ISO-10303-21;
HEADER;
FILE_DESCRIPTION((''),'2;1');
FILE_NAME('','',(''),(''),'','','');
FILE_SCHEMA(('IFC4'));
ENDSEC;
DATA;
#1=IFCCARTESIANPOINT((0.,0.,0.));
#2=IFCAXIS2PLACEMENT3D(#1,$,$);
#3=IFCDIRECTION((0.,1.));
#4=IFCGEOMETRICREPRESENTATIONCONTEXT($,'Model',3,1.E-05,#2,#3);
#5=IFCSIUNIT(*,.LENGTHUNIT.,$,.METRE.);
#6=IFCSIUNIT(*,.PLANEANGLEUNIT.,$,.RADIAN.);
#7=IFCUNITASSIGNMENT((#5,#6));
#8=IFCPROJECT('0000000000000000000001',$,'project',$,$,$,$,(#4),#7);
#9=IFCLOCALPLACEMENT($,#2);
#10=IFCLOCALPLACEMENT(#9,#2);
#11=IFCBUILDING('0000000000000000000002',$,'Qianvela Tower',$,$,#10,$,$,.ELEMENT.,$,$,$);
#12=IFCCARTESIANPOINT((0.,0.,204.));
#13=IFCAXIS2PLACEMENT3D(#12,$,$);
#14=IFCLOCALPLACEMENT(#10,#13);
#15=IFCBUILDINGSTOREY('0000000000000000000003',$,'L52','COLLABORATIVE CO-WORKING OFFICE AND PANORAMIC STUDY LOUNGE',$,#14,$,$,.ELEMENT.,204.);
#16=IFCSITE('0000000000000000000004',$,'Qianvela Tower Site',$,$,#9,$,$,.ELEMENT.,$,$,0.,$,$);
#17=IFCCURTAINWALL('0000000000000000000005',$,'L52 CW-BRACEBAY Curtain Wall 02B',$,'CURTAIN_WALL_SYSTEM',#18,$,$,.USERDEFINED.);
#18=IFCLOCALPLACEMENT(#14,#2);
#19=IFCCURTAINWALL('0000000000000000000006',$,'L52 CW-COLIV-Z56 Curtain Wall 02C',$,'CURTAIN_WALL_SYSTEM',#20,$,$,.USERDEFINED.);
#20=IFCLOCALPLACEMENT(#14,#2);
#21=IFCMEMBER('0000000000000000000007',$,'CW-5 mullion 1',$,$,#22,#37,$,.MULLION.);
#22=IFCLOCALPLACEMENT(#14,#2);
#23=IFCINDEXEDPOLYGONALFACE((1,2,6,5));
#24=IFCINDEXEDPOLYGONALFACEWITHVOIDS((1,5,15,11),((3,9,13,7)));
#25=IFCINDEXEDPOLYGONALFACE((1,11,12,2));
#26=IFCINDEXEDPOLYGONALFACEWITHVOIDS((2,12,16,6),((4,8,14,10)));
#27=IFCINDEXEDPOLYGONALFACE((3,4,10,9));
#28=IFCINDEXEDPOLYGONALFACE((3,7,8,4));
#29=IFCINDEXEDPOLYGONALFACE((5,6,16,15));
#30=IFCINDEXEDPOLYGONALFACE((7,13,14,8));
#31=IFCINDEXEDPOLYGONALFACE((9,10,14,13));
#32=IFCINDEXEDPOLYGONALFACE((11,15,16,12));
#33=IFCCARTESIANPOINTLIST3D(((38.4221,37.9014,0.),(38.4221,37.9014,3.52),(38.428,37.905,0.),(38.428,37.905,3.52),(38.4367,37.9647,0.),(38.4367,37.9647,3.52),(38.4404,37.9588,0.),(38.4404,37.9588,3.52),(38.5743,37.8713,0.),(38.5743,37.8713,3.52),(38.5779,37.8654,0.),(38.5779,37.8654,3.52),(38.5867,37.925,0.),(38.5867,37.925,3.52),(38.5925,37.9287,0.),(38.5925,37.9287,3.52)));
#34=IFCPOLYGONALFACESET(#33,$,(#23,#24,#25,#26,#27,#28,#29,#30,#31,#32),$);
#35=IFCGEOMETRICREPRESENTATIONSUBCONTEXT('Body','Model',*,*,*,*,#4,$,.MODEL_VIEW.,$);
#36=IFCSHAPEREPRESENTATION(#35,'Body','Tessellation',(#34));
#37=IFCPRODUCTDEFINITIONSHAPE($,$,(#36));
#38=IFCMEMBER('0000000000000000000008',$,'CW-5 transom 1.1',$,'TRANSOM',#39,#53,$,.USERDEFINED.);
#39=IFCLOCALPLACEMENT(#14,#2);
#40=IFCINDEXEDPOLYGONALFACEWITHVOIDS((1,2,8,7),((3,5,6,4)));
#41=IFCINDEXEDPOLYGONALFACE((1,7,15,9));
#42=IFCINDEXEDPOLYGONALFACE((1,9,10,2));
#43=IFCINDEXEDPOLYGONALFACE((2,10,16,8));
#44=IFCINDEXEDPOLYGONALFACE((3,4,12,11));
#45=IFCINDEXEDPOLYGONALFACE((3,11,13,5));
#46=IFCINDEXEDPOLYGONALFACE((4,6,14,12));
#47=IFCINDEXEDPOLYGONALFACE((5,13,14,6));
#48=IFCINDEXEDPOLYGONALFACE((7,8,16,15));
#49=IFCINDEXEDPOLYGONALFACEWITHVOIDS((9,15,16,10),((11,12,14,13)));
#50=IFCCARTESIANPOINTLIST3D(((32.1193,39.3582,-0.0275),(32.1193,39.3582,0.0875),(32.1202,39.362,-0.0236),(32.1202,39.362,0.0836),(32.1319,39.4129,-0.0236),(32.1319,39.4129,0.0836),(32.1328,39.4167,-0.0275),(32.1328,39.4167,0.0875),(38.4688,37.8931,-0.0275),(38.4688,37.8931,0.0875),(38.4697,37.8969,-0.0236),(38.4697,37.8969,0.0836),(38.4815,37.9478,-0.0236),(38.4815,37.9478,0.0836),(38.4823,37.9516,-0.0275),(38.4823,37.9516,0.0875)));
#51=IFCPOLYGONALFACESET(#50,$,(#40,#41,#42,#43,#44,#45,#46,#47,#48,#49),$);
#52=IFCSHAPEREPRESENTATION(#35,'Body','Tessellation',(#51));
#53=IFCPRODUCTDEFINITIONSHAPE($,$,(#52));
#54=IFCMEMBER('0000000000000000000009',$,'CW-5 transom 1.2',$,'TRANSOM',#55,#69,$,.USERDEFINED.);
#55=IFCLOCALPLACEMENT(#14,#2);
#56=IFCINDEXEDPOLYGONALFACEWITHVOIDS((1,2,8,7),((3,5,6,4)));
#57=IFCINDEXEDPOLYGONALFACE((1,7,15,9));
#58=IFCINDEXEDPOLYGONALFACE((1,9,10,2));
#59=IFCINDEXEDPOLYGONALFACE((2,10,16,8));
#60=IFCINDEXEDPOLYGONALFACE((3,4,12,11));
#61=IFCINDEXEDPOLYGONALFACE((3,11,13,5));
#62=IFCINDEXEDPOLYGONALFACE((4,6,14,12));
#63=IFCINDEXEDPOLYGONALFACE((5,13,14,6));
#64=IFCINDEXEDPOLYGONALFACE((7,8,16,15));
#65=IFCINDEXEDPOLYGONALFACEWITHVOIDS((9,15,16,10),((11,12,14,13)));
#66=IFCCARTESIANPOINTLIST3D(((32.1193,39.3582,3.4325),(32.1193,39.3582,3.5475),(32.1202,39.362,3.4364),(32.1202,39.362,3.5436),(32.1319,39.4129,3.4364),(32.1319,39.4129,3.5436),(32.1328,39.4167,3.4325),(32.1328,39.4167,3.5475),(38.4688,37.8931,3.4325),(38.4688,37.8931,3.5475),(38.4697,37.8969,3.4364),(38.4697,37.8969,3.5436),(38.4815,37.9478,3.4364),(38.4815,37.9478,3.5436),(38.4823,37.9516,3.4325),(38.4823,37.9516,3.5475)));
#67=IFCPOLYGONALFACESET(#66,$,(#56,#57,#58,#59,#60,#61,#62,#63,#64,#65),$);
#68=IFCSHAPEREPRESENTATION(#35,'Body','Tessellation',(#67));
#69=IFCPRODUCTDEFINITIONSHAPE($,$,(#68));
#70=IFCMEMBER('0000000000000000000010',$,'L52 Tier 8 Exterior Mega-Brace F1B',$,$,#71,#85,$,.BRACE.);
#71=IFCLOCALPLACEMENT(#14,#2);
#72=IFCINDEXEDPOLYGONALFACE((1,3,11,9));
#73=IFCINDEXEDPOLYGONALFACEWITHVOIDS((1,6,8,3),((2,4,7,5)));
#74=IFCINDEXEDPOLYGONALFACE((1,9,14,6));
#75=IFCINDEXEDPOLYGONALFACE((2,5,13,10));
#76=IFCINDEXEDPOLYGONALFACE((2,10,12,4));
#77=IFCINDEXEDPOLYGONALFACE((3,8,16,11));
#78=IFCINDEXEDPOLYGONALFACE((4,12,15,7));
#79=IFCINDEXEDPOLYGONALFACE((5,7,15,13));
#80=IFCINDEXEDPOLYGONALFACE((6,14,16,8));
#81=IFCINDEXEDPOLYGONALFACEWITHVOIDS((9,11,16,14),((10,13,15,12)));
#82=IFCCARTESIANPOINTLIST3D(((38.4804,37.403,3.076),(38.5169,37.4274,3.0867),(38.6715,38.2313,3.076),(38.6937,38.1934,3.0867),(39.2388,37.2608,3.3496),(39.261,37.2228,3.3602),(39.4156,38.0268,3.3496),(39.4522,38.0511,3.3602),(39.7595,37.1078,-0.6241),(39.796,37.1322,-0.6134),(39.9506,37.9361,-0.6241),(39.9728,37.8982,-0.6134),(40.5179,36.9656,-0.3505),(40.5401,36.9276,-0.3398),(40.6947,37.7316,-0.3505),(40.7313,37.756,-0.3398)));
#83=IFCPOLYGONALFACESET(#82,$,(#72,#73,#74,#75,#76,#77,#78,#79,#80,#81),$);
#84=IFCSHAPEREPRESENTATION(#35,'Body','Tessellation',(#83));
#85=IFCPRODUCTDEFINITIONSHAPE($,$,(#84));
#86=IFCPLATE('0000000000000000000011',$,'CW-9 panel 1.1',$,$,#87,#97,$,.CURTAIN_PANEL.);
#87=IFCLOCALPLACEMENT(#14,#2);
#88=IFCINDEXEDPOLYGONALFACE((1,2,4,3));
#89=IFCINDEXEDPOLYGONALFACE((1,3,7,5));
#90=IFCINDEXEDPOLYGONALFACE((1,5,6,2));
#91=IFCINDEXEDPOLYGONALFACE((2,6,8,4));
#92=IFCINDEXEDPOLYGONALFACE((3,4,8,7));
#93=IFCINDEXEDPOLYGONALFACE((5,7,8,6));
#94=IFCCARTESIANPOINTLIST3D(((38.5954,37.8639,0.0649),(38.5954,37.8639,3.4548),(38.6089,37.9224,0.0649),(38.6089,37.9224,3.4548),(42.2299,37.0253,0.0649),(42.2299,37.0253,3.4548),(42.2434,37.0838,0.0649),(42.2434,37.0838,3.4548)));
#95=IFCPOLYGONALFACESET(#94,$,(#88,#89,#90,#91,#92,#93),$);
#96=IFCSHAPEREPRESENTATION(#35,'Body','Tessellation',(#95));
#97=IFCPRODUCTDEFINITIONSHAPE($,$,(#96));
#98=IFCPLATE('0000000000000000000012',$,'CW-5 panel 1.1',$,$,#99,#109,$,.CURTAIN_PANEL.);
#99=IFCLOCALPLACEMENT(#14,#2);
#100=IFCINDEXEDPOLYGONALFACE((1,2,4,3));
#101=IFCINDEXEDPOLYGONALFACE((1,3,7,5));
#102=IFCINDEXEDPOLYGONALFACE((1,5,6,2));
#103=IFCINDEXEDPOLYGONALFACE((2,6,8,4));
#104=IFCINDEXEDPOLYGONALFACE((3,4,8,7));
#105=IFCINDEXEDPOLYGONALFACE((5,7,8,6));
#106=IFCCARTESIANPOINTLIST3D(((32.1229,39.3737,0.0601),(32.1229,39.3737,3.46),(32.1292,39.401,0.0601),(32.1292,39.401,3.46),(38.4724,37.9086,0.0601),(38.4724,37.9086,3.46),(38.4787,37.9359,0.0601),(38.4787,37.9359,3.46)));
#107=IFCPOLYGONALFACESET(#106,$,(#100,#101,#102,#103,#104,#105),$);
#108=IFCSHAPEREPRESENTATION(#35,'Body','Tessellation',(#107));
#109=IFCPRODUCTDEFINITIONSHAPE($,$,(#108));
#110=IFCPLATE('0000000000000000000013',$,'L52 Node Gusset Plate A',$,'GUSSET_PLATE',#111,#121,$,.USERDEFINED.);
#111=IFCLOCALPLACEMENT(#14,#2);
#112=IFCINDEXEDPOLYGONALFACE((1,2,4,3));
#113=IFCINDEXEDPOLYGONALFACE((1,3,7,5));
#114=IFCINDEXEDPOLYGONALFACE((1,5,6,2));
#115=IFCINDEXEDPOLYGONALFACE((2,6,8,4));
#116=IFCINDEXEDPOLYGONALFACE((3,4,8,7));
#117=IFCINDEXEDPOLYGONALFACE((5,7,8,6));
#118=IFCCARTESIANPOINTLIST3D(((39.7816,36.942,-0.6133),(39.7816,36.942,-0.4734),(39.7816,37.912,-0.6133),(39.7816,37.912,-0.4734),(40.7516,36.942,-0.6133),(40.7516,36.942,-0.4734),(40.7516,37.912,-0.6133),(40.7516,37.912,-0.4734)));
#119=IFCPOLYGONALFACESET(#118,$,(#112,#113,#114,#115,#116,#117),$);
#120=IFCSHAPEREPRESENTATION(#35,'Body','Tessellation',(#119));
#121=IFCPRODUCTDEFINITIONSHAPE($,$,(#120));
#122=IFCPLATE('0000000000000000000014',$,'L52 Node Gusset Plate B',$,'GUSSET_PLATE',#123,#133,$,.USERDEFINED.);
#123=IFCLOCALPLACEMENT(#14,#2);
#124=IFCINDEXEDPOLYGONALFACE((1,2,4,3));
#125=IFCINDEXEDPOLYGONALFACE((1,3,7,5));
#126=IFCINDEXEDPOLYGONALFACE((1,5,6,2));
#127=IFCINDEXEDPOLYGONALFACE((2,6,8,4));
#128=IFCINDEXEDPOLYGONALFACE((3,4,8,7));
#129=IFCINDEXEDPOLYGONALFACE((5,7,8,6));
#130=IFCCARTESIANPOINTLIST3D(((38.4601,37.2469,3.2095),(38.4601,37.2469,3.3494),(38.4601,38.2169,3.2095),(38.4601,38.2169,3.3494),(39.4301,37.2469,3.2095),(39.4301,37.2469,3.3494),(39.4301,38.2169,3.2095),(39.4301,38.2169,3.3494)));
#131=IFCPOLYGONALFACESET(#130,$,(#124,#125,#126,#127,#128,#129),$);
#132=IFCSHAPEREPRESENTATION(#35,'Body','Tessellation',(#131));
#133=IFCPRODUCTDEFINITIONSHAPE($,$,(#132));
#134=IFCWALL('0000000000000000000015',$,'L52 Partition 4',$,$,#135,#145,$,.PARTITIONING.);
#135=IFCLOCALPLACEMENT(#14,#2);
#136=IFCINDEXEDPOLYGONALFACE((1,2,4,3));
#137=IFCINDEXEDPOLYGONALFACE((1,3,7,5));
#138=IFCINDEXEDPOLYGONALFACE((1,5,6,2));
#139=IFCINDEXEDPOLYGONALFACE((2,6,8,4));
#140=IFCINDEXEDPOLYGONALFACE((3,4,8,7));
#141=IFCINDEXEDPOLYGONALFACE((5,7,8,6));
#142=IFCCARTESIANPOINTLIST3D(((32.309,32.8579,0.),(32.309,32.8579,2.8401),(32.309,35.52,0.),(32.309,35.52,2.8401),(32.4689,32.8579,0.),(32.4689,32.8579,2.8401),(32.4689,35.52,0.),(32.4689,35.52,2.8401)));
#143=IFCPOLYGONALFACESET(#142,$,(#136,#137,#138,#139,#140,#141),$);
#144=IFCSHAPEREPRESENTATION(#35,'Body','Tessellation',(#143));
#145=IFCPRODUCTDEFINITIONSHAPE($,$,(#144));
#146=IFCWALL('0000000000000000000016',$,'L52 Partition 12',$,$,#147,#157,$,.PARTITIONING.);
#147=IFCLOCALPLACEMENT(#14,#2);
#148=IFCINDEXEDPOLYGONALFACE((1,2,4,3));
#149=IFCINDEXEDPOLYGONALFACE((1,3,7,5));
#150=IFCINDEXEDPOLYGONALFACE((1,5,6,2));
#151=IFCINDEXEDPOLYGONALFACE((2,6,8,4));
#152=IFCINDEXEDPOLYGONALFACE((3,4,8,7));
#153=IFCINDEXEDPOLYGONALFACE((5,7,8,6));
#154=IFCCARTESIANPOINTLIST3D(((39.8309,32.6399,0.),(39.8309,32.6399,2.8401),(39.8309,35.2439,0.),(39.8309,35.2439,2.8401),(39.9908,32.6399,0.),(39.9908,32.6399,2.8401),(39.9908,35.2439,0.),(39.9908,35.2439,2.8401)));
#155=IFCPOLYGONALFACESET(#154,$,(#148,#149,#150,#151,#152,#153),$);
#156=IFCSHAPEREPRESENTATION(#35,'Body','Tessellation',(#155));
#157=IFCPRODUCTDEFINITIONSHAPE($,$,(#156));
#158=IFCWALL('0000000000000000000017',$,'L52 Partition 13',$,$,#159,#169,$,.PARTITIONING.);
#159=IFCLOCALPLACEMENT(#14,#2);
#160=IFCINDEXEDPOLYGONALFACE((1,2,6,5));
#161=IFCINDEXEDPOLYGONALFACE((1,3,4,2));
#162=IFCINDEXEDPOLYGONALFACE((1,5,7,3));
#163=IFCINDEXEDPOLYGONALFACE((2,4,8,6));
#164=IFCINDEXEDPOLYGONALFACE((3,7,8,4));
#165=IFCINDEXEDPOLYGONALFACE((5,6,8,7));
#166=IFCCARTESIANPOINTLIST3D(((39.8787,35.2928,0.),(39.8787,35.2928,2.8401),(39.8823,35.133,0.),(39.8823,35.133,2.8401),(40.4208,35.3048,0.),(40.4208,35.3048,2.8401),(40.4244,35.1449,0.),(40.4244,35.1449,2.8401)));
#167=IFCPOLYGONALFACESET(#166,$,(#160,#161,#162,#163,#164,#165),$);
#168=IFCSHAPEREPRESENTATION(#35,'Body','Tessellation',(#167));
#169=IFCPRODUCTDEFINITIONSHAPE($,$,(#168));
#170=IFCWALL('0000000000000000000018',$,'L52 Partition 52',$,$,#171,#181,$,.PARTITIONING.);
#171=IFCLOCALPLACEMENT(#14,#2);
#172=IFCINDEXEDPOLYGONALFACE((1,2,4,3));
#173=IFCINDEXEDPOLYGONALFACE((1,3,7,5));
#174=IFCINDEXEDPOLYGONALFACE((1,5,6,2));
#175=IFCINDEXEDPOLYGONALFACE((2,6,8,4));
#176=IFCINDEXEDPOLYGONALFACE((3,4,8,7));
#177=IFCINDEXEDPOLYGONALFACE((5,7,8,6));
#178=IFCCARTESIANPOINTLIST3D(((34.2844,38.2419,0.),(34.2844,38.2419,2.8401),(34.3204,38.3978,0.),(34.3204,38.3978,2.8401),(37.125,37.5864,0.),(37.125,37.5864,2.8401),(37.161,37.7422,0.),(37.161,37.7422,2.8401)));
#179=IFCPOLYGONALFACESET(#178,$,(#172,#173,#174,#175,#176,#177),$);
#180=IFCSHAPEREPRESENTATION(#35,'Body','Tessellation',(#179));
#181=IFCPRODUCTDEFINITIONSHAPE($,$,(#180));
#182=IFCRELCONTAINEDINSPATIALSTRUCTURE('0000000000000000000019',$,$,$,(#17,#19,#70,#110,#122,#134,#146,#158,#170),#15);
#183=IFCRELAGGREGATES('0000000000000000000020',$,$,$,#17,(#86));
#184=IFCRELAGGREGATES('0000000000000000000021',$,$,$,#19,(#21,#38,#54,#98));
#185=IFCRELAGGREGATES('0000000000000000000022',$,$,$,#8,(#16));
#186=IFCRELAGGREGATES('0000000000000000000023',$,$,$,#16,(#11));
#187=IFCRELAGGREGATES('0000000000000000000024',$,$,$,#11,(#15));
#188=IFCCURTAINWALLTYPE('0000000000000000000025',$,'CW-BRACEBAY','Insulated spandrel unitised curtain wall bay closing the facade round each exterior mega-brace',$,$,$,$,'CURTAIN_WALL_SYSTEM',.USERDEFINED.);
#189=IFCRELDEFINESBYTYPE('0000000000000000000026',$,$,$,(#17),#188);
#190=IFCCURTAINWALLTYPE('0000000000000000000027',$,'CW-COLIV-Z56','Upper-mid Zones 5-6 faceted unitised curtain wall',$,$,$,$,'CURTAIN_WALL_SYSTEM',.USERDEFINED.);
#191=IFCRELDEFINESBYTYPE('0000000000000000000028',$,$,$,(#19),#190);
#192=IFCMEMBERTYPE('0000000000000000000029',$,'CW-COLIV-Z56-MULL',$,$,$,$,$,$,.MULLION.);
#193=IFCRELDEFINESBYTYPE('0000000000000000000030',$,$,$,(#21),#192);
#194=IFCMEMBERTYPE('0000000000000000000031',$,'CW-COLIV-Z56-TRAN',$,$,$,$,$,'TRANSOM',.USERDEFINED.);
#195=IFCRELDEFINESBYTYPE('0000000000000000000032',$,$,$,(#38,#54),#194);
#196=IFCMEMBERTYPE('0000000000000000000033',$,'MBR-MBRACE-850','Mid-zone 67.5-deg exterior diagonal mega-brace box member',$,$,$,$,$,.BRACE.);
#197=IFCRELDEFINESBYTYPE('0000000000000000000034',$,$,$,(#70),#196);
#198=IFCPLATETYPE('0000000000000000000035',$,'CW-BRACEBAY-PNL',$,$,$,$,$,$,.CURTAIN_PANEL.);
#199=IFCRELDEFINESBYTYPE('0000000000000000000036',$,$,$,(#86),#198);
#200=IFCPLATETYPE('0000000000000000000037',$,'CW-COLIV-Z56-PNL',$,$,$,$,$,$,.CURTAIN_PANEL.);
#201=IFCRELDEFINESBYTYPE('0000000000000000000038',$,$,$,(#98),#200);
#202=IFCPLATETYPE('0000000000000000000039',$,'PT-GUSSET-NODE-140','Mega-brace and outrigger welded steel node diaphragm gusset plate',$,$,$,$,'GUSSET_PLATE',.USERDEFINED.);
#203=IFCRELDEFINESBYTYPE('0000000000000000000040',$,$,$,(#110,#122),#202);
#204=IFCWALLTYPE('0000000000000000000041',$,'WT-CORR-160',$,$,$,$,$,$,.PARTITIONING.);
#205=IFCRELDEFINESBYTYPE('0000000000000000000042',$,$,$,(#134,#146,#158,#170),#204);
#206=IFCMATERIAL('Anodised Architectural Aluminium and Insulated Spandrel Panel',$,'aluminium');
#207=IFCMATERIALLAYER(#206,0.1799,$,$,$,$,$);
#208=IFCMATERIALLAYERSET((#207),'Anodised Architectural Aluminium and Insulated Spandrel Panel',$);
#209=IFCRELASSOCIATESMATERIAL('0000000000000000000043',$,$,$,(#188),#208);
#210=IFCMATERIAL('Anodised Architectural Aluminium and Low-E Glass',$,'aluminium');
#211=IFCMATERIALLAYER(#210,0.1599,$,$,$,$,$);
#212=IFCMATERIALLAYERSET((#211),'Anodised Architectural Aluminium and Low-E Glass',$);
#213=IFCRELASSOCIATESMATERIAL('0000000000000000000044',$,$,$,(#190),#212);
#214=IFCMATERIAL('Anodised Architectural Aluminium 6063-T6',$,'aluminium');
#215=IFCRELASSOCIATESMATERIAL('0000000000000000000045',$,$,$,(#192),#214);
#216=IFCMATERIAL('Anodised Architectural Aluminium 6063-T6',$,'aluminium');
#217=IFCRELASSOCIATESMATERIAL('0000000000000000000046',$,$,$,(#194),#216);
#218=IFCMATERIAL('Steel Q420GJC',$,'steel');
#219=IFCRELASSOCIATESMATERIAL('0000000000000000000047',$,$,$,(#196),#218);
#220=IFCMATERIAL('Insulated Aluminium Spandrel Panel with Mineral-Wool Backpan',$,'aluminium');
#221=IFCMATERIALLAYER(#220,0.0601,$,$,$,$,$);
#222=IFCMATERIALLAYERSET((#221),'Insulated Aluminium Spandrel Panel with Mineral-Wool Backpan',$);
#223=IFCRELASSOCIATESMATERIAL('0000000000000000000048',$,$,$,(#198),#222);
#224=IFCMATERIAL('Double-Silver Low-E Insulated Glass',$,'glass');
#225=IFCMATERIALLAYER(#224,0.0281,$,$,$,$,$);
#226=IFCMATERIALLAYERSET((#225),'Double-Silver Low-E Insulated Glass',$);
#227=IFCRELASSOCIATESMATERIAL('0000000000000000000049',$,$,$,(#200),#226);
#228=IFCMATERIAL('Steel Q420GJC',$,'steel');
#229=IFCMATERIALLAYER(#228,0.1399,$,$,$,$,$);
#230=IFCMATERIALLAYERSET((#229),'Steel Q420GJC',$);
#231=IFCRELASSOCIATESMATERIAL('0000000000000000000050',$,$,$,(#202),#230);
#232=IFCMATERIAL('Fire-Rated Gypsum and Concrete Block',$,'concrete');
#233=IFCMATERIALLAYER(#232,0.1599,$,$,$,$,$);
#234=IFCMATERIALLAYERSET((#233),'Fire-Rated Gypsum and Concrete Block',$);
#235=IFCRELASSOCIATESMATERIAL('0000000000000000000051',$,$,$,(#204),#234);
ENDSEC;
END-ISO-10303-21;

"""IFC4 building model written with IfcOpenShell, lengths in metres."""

from ifc_helpers import new_model, si_unit, direction, frame, frame_2d, origin, origin_2d, place, context, subcontext, project, spatial, rectangle, hollow_rectangle, extrude, material, layer, layer_set, material_profile, profile_set, type_object, element, aggregate, save


model = new_model("IFC4")

# Units and contexts
model_context = context("Model", 3, precision=1e-05, world=origin(), true_north=direction((0.0, 1.0)))
body_context = subcontext(model_context, "Body", "Model", "MODEL_VIEW")
ifc_project = project(units=[si_unit("LENGTHUNIT", "METRE"), si_unit("PLANEANGLEUNIT", "RADIAN")], contexts=[model_context])

# Site, building, storey
site_placement = place(None, origin())
site = spatial("IfcSite", under=ifc_project, at=site_placement, Name="Qianvela Tower Site", CompositionType="ELEMENT", RefElevation=0.0)
building_placement = place(site_placement, origin())
building = spatial("IfcBuilding", under=site, at=building_placement, Name="Qianvela Tower", CompositionType="ELEMENT")
storey_placement = place(building_placement, frame((0.0, 0.0, 204.0)))
storey = spatial("IfcBuildingStorey", under=building, at=storey_placement, Name="L52", Description="COLLABORATIVE CO-WORKING OFFICE AND PANORAMIC STUDY LOUNGE", CompositionType="ELEMENT", Elevation=204.0)

# Curtain wall
ifc_material_1 = material(Name="Anodised Architectural Aluminium and Insulated Spandrel Panel", Category="aluminium")
ifc_layer_1 = layer(ifc_material_1, 0.1799)
ifc_layer_set_1 = layer_set([ifc_layer_1], Name="Anodised Architectural Aluminium and Insulated Spandrel Panel")
curtain_wall_type_1 = type_object("IfcCurtainWallType", Name="CW-BRACEBAY", Description="Insulated spandrel unitised curtain wall bay closing the facade round each exterior mega-brace", ElementType="CURTAIN_WALL_SYSTEM", PredefinedType="USERDEFINED", material=ifc_layer_set_1)
curtain_wall_1_placement = place(storey_placement, origin())
curtain_wall_1 = element("IfcCurtainWall", 1, at=curtain_wall_1_placement, inside=storey, type_object=curtain_wall_type_1, Name="L52 CW-BRACEBAY Curtain Wall 02B", ObjectType="CURTAIN_WALL_SYSTEM", PredefinedType="USERDEFINED")

# Curtain wall, members
ifc_material_2 = material(Name="Anodised Architectural Aluminium and Low-E Glass", Category="aluminium")
ifc_layer_2 = layer(ifc_material_2, 0.1599)
ifc_layer_set_2 = layer_set([ifc_layer_2], Name="Anodised Architectural Aluminium and Low-E Glass")
curtain_wall_type_2 = type_object("IfcCurtainWallType", Name="CW-COLIV-Z56", Description="Upper-mid Zones 5-6 faceted unitised curtain wall", ElementType="CURTAIN_WALL_SYSTEM", PredefinedType="USERDEFINED", material=ifc_layer_set_2)
curtain_wall_2_placement = place(storey_placement, origin())
curtain_wall_2 = element("IfcCurtainWall", 2, at=curtain_wall_2_placement, inside=storey, type_object=curtain_wall_type_2, Name="L52 CW-COLIV-Z56 Curtain Wall 02C", ObjectType="CURTAIN_WALL_SYSTEM", PredefinedType="USERDEFINED")
ifc_material_3 = material(Name="Anodised Architectural Aluminium 6063-T6", Category="aluminium")
ifc_material_profile_1 = material_profile(ifc_material_3, hollow_rectangle(XDim=0.0649, YDim=0.1599, WallThickness=0.0049, at=origin_2d()), Name="ALU-MULL-65x160")
ifc_profile_set_1 = profile_set([ifc_material_profile_1], Name="Anodised Architectural Aluminium 6063-T6")
member_type_1 = type_object("IfcMemberType", Name="CW-COLIV-Z56-MULL", PredefinedType="MULLION", material=ifc_profile_set_1)
member_1_placement = place(storey_placement, frame((38.5073, 37.915, 0.0), z_axis=(0.0, 0.0, 1.0), x_axis=(-0.224836, -0.974397, 0.0)))
member_1 = element("IfcMember", 3, at=member_1_placement, type_object=member_type_1, Name="CW-5 mullion 1", PredefinedType="MULLION", context=body_context, shape_type="SweptSolid", body=[
    extrude(hollow_rectangle(XDim=0.0649, YDim=0.1599, WallThickness=0.0049, at=origin_2d()), origin(), (0.0, 0.0, 1.0), 3.52),
])
ifc_material_4 = material(Name="Anodised Architectural Aluminium 6063-T6", Category="aluminium")
ifc_material_profile_2 = material_profile(ifc_material_4, hollow_rectangle(XDim=0.0601, YDim=0.115, WallThickness=0.0039, at=origin_2d()), Name="ALU-TRAN-60x115")
ifc_profile_set_2 = profile_set([ifc_material_profile_2], Name="Anodised Architectural Aluminium 6063-T6")
member_type_2 = type_object("IfcMemberType", Name="CW-COLIV-Z56-TRAN", ElementType="TRANSOM", PredefinedType="USERDEFINED", material=ifc_profile_set_2)
member_2_placement = place(storey_placement, frame((38.4756, 37.9224, 0.03), z_axis=(-0.974398, 0.224829, 0.0), x_axis=(-0.224829, -0.974398, 0.0)))
member_2 = element("IfcMember", 4, at=member_2_placement, type_object=member_type_2, Name="CW-5 transom 1.1", ObjectType="TRANSOM", PredefinedType="USERDEFINED", context=body_context, shape_type="SweptSolid", body=[
    extrude(hollow_rectangle(XDim=0.0601, YDim=0.115, WallThickness=0.0039, at=origin_2d()), origin(), (0.0, 0.0, 1.0), 6.5164),
])
member_3_placement = place(storey_placement, frame((38.4756, 37.9224, 3.49), z_axis=(-0.974398, 0.224829, 0.0), x_axis=(-0.224829, -0.974398, 0.0)))
member_3 = element("IfcMember", 5, at=member_3_placement, type_object=member_type_2, Name="CW-5 transom 1.2", ObjectType="TRANSOM", PredefinedType="USERDEFINED", context=body_context, shape_type="SweptSolid", body=[
    extrude(hollow_rectangle(XDim=0.0601, YDim=0.115, WallThickness=0.0039, at=origin_2d()), origin(), (0.0, 0.0, 1.0), 6.5164),
])

# Member
ifc_material_5 = material(Name="Steel Q420GJC", Category="steel")
ifc_material_profile_3 = material_profile(ifc_material_5, hollow_rectangle(XDim=0.8501, YDim=0.8501, WallThickness=0.032, at=origin_2d()), Name="MBOX-850x850x32")
ifc_profile_set_3 = profile_set([ifc_material_profile_3], Name="Steel Q420GJC")
member_type_3 = type_object("IfcMemberType", Name="MBR-MBRACE-850", Description="Mid-zone 67.5-deg exterior diagonal mega-brace box member", PredefinedType="BRACE", material=ifc_profile_set_3)
member_4_placement = place(storey_placement, frame((40.2454, 37.4319, -0.4819), z_axis=(-0.325798, 0.075184, 0.942445), x_axis=(-0.22486, -0.974391, 0.0)))
element("IfcMember", 6, at=member_4_placement, inside=storey, type_object=member_type_3, Name="L52 Tier 8 Exterior Mega-Brace F1B", PredefinedType="BRACE", context=body_context, shape_type="SweptSolid", body=[
    extrude(hollow_rectangle(XDim=0.8501, YDim=0.8501, WallThickness=0.032, at=origin_2d()), origin(), (0.0, 0.0, 1.0), 3.926),
])

# Plates
ifc_material_6 = material(Name="Insulated Aluminium Spandrel Panel with Mineral-Wool Backpan", Category="aluminium")
ifc_layer_3 = layer(ifc_material_6, 0.0601)
ifc_layer_set_3 = layer_set([ifc_layer_3], Name="Insulated Aluminium Spandrel Panel with Mineral-Wool Backpan")
plate_type_1 = type_object("IfcPlateType", Name="CW-BRACEBAY-PNL", PredefinedType="CURTAIN_PANEL", material=ifc_layer_set_3)
plate_1_placement = place(storey_placement, frame((40.4194, 37.4739, 0.0649), z_axis=(0.0, 0.0, 1.0), x_axis=(-0.974399, 0.224824, 0.0)))
plate_1 = element("IfcPlate", 7, at=plate_1_placement, type_object=plate_type_1, Name="CW-9 panel 1.1", PredefinedType="CURTAIN_PANEL", context=body_context, shape_type="SweptSolid", body=[
    extrude(rectangle(XDim=3.73, YDim=0.0601, at=origin_2d()), origin(), (0.0, 0.0, 1.0), 3.3899),
])
aggregate(curtain_wall_1, [plate_1])
ifc_material_7 = material(Name="Double-Silver Low-E Insulated Glass", Category="glass")
ifc_layer_4 = layer(ifc_material_7, 0.0281)
ifc_layer_set_4 = layer_set([ifc_layer_4], Name="Double-Silver Low-E Insulated Glass")
plate_type_2 = type_object("IfcPlateType", Name="CW-COLIV-Z56-PNL", PredefinedType="CURTAIN_PANEL", material=ifc_layer_set_4)
plate_2_placement = place(storey_placement, frame((35.3008, 38.6548, 0.0601), z_axis=(0.0, 0.0, 1.0), x_axis=(-0.974397, 0.224836, 0.0)))
plate_2 = element("IfcPlate", 8, at=plate_2_placement, type_object=plate_type_2, Name="CW-5 panel 1.1", PredefinedType="CURTAIN_PANEL", context=body_context, shape_type="SweptSolid", body=[
    extrude(rectangle(XDim=6.5164, YDim=0.0281, at=origin_2d()), origin(), (0.0, 0.0, 1.0), 3.3999),
])
aggregate(curtain_wall_2, [member_1, member_2, member_3, plate_2])

# Plates
ifc_material_8 = material(Name="Steel Q420GJC", Category="steel")
ifc_layer_5 = layer(ifc_material_8, 0.1399)
ifc_layer_set_5 = layer_set([ifc_layer_5], Name="Steel Q420GJC")
plate_type_3 = type_object("IfcPlateType", Name="PT-GUSSET-NODE-140", Description="Mega-brace and outrigger welded steel node diaphragm gusset plate", ElementType="GUSSET_PLATE", PredefinedType="USERDEFINED", material=ifc_layer_set_5)
for number, where, z_axis, x_axis, name in (
    (9, (40.2666, 37.427, -0.6133), (0.0, 0.0, 1.0), (1.0, 0.0, 0.0), "L52 Node Gusset Plate A"),
    (10, (38.9451, 37.7319, 3.2095), (0.0, 0.0, 1.0), (1.0, 0.0, 0.0), "L52 Node Gusset Plate B"),
):
    element("IfcPlate", number, at=place(storey_placement, frame(where, z_axis=z_axis, x_axis=x_axis)), inside=storey, type_object=plate_type_3, Name=name, ObjectType="GUSSET_PLATE", PredefinedType="USERDEFINED", context=body_context, shape_type="SweptSolid", body=[
        extrude(rectangle(XDim=0.97, YDim=0.97, at=origin_2d()), origin(), (0.0, 0.0, 1.0), 0.1399),
    ])

# Walls
ifc_material_9 = material(Name="Fire-Rated Gypsum and Concrete Block", Category="concrete")
ifc_layer_6 = layer(ifc_material_9, 0.1599)
ifc_layer_set_6 = layer_set([ifc_layer_6], Name="Fire-Rated Gypsum and Concrete Block")
wall_type_1 = type_object("IfcWallType", Name="WT-CORR-160", PredefinedType="PARTITIONING", material=ifc_layer_set_6)
wall_1_placement = place(storey_placement, frame((32.3889, 35.52, 0.0), z_axis=(0.0, 0.0, 1.0), x_axis=(0.0, -1.0, 0.0)))
element("IfcWall", 11, at=wall_1_placement, inside=storey, type_object=wall_type_1, Name="L52 Partition 4", PredefinedType="PARTITIONING", context=body_context, shape_type="SweptSolid", body=[
    extrude(rectangle(XDim=2.6621, YDim=0.1599, at=frame_2d((1.3311, 0.0))), origin(), (0.0, 0.0, 1.0), 2.8401),
])
wall_2_placement = place(storey_placement, frame((39.9109, 32.6399, 0.0), z_axis=(0.0, 0.0, 1.0), x_axis=(0.0, 1.0, 0.0)))
element("IfcWall", 12, at=wall_2_placement, inside=storey, type_object=wall_type_1, Name="L52 Partition 12", PredefinedType="PARTITIONING", context=body_context, shape_type="SweptSolid", body=[
    extrude(rectangle(XDim=2.604, YDim=0.1599, at=frame_2d((1.302, 0.0))), origin(), (0.0, 0.0, 1.0), 2.8401),
])
wall_3_placement = place(storey_placement, frame((39.8806, 35.2129, 0.0), z_axis=(0.0, 0.0, 1.0), x_axis=(0.999757, 0.022067, 0.0)))
element("IfcWall", 13, at=wall_3_placement, inside=storey, type_object=wall_type_1, Name="L52 Partition 13", PredefinedType="PARTITIONING", context=body_context, shape_type="SweptSolid", body=[
    extrude(rectangle(XDim=0.5422, YDim=0.1599, at=frame_2d((0.271, 0.0))), origin(), (0.0, 0.0, 1.0), 2.8401),
])
wall_4_placement = place(storey_placement, frame((34.3025, 38.3198, 0.0), z_axis=(0.0, 0.0, 1.0), x_axis=(0.974391, -0.22486, 0.0)))
element("IfcWall", 14, at=wall_4_placement, inside=storey, type_object=wall_type_1, Name="L52 Partition 52", PredefinedType="PARTITIONING", context=body_context, shape_type="SweptSolid", body=[
    extrude(rectangle(XDim=2.9153, YDim=0.1599, at=frame_2d((1.4575, 0.0))), origin(), (0.0, 0.0, 1.0), 2.8401),
])

save(model, "model.ifc")
